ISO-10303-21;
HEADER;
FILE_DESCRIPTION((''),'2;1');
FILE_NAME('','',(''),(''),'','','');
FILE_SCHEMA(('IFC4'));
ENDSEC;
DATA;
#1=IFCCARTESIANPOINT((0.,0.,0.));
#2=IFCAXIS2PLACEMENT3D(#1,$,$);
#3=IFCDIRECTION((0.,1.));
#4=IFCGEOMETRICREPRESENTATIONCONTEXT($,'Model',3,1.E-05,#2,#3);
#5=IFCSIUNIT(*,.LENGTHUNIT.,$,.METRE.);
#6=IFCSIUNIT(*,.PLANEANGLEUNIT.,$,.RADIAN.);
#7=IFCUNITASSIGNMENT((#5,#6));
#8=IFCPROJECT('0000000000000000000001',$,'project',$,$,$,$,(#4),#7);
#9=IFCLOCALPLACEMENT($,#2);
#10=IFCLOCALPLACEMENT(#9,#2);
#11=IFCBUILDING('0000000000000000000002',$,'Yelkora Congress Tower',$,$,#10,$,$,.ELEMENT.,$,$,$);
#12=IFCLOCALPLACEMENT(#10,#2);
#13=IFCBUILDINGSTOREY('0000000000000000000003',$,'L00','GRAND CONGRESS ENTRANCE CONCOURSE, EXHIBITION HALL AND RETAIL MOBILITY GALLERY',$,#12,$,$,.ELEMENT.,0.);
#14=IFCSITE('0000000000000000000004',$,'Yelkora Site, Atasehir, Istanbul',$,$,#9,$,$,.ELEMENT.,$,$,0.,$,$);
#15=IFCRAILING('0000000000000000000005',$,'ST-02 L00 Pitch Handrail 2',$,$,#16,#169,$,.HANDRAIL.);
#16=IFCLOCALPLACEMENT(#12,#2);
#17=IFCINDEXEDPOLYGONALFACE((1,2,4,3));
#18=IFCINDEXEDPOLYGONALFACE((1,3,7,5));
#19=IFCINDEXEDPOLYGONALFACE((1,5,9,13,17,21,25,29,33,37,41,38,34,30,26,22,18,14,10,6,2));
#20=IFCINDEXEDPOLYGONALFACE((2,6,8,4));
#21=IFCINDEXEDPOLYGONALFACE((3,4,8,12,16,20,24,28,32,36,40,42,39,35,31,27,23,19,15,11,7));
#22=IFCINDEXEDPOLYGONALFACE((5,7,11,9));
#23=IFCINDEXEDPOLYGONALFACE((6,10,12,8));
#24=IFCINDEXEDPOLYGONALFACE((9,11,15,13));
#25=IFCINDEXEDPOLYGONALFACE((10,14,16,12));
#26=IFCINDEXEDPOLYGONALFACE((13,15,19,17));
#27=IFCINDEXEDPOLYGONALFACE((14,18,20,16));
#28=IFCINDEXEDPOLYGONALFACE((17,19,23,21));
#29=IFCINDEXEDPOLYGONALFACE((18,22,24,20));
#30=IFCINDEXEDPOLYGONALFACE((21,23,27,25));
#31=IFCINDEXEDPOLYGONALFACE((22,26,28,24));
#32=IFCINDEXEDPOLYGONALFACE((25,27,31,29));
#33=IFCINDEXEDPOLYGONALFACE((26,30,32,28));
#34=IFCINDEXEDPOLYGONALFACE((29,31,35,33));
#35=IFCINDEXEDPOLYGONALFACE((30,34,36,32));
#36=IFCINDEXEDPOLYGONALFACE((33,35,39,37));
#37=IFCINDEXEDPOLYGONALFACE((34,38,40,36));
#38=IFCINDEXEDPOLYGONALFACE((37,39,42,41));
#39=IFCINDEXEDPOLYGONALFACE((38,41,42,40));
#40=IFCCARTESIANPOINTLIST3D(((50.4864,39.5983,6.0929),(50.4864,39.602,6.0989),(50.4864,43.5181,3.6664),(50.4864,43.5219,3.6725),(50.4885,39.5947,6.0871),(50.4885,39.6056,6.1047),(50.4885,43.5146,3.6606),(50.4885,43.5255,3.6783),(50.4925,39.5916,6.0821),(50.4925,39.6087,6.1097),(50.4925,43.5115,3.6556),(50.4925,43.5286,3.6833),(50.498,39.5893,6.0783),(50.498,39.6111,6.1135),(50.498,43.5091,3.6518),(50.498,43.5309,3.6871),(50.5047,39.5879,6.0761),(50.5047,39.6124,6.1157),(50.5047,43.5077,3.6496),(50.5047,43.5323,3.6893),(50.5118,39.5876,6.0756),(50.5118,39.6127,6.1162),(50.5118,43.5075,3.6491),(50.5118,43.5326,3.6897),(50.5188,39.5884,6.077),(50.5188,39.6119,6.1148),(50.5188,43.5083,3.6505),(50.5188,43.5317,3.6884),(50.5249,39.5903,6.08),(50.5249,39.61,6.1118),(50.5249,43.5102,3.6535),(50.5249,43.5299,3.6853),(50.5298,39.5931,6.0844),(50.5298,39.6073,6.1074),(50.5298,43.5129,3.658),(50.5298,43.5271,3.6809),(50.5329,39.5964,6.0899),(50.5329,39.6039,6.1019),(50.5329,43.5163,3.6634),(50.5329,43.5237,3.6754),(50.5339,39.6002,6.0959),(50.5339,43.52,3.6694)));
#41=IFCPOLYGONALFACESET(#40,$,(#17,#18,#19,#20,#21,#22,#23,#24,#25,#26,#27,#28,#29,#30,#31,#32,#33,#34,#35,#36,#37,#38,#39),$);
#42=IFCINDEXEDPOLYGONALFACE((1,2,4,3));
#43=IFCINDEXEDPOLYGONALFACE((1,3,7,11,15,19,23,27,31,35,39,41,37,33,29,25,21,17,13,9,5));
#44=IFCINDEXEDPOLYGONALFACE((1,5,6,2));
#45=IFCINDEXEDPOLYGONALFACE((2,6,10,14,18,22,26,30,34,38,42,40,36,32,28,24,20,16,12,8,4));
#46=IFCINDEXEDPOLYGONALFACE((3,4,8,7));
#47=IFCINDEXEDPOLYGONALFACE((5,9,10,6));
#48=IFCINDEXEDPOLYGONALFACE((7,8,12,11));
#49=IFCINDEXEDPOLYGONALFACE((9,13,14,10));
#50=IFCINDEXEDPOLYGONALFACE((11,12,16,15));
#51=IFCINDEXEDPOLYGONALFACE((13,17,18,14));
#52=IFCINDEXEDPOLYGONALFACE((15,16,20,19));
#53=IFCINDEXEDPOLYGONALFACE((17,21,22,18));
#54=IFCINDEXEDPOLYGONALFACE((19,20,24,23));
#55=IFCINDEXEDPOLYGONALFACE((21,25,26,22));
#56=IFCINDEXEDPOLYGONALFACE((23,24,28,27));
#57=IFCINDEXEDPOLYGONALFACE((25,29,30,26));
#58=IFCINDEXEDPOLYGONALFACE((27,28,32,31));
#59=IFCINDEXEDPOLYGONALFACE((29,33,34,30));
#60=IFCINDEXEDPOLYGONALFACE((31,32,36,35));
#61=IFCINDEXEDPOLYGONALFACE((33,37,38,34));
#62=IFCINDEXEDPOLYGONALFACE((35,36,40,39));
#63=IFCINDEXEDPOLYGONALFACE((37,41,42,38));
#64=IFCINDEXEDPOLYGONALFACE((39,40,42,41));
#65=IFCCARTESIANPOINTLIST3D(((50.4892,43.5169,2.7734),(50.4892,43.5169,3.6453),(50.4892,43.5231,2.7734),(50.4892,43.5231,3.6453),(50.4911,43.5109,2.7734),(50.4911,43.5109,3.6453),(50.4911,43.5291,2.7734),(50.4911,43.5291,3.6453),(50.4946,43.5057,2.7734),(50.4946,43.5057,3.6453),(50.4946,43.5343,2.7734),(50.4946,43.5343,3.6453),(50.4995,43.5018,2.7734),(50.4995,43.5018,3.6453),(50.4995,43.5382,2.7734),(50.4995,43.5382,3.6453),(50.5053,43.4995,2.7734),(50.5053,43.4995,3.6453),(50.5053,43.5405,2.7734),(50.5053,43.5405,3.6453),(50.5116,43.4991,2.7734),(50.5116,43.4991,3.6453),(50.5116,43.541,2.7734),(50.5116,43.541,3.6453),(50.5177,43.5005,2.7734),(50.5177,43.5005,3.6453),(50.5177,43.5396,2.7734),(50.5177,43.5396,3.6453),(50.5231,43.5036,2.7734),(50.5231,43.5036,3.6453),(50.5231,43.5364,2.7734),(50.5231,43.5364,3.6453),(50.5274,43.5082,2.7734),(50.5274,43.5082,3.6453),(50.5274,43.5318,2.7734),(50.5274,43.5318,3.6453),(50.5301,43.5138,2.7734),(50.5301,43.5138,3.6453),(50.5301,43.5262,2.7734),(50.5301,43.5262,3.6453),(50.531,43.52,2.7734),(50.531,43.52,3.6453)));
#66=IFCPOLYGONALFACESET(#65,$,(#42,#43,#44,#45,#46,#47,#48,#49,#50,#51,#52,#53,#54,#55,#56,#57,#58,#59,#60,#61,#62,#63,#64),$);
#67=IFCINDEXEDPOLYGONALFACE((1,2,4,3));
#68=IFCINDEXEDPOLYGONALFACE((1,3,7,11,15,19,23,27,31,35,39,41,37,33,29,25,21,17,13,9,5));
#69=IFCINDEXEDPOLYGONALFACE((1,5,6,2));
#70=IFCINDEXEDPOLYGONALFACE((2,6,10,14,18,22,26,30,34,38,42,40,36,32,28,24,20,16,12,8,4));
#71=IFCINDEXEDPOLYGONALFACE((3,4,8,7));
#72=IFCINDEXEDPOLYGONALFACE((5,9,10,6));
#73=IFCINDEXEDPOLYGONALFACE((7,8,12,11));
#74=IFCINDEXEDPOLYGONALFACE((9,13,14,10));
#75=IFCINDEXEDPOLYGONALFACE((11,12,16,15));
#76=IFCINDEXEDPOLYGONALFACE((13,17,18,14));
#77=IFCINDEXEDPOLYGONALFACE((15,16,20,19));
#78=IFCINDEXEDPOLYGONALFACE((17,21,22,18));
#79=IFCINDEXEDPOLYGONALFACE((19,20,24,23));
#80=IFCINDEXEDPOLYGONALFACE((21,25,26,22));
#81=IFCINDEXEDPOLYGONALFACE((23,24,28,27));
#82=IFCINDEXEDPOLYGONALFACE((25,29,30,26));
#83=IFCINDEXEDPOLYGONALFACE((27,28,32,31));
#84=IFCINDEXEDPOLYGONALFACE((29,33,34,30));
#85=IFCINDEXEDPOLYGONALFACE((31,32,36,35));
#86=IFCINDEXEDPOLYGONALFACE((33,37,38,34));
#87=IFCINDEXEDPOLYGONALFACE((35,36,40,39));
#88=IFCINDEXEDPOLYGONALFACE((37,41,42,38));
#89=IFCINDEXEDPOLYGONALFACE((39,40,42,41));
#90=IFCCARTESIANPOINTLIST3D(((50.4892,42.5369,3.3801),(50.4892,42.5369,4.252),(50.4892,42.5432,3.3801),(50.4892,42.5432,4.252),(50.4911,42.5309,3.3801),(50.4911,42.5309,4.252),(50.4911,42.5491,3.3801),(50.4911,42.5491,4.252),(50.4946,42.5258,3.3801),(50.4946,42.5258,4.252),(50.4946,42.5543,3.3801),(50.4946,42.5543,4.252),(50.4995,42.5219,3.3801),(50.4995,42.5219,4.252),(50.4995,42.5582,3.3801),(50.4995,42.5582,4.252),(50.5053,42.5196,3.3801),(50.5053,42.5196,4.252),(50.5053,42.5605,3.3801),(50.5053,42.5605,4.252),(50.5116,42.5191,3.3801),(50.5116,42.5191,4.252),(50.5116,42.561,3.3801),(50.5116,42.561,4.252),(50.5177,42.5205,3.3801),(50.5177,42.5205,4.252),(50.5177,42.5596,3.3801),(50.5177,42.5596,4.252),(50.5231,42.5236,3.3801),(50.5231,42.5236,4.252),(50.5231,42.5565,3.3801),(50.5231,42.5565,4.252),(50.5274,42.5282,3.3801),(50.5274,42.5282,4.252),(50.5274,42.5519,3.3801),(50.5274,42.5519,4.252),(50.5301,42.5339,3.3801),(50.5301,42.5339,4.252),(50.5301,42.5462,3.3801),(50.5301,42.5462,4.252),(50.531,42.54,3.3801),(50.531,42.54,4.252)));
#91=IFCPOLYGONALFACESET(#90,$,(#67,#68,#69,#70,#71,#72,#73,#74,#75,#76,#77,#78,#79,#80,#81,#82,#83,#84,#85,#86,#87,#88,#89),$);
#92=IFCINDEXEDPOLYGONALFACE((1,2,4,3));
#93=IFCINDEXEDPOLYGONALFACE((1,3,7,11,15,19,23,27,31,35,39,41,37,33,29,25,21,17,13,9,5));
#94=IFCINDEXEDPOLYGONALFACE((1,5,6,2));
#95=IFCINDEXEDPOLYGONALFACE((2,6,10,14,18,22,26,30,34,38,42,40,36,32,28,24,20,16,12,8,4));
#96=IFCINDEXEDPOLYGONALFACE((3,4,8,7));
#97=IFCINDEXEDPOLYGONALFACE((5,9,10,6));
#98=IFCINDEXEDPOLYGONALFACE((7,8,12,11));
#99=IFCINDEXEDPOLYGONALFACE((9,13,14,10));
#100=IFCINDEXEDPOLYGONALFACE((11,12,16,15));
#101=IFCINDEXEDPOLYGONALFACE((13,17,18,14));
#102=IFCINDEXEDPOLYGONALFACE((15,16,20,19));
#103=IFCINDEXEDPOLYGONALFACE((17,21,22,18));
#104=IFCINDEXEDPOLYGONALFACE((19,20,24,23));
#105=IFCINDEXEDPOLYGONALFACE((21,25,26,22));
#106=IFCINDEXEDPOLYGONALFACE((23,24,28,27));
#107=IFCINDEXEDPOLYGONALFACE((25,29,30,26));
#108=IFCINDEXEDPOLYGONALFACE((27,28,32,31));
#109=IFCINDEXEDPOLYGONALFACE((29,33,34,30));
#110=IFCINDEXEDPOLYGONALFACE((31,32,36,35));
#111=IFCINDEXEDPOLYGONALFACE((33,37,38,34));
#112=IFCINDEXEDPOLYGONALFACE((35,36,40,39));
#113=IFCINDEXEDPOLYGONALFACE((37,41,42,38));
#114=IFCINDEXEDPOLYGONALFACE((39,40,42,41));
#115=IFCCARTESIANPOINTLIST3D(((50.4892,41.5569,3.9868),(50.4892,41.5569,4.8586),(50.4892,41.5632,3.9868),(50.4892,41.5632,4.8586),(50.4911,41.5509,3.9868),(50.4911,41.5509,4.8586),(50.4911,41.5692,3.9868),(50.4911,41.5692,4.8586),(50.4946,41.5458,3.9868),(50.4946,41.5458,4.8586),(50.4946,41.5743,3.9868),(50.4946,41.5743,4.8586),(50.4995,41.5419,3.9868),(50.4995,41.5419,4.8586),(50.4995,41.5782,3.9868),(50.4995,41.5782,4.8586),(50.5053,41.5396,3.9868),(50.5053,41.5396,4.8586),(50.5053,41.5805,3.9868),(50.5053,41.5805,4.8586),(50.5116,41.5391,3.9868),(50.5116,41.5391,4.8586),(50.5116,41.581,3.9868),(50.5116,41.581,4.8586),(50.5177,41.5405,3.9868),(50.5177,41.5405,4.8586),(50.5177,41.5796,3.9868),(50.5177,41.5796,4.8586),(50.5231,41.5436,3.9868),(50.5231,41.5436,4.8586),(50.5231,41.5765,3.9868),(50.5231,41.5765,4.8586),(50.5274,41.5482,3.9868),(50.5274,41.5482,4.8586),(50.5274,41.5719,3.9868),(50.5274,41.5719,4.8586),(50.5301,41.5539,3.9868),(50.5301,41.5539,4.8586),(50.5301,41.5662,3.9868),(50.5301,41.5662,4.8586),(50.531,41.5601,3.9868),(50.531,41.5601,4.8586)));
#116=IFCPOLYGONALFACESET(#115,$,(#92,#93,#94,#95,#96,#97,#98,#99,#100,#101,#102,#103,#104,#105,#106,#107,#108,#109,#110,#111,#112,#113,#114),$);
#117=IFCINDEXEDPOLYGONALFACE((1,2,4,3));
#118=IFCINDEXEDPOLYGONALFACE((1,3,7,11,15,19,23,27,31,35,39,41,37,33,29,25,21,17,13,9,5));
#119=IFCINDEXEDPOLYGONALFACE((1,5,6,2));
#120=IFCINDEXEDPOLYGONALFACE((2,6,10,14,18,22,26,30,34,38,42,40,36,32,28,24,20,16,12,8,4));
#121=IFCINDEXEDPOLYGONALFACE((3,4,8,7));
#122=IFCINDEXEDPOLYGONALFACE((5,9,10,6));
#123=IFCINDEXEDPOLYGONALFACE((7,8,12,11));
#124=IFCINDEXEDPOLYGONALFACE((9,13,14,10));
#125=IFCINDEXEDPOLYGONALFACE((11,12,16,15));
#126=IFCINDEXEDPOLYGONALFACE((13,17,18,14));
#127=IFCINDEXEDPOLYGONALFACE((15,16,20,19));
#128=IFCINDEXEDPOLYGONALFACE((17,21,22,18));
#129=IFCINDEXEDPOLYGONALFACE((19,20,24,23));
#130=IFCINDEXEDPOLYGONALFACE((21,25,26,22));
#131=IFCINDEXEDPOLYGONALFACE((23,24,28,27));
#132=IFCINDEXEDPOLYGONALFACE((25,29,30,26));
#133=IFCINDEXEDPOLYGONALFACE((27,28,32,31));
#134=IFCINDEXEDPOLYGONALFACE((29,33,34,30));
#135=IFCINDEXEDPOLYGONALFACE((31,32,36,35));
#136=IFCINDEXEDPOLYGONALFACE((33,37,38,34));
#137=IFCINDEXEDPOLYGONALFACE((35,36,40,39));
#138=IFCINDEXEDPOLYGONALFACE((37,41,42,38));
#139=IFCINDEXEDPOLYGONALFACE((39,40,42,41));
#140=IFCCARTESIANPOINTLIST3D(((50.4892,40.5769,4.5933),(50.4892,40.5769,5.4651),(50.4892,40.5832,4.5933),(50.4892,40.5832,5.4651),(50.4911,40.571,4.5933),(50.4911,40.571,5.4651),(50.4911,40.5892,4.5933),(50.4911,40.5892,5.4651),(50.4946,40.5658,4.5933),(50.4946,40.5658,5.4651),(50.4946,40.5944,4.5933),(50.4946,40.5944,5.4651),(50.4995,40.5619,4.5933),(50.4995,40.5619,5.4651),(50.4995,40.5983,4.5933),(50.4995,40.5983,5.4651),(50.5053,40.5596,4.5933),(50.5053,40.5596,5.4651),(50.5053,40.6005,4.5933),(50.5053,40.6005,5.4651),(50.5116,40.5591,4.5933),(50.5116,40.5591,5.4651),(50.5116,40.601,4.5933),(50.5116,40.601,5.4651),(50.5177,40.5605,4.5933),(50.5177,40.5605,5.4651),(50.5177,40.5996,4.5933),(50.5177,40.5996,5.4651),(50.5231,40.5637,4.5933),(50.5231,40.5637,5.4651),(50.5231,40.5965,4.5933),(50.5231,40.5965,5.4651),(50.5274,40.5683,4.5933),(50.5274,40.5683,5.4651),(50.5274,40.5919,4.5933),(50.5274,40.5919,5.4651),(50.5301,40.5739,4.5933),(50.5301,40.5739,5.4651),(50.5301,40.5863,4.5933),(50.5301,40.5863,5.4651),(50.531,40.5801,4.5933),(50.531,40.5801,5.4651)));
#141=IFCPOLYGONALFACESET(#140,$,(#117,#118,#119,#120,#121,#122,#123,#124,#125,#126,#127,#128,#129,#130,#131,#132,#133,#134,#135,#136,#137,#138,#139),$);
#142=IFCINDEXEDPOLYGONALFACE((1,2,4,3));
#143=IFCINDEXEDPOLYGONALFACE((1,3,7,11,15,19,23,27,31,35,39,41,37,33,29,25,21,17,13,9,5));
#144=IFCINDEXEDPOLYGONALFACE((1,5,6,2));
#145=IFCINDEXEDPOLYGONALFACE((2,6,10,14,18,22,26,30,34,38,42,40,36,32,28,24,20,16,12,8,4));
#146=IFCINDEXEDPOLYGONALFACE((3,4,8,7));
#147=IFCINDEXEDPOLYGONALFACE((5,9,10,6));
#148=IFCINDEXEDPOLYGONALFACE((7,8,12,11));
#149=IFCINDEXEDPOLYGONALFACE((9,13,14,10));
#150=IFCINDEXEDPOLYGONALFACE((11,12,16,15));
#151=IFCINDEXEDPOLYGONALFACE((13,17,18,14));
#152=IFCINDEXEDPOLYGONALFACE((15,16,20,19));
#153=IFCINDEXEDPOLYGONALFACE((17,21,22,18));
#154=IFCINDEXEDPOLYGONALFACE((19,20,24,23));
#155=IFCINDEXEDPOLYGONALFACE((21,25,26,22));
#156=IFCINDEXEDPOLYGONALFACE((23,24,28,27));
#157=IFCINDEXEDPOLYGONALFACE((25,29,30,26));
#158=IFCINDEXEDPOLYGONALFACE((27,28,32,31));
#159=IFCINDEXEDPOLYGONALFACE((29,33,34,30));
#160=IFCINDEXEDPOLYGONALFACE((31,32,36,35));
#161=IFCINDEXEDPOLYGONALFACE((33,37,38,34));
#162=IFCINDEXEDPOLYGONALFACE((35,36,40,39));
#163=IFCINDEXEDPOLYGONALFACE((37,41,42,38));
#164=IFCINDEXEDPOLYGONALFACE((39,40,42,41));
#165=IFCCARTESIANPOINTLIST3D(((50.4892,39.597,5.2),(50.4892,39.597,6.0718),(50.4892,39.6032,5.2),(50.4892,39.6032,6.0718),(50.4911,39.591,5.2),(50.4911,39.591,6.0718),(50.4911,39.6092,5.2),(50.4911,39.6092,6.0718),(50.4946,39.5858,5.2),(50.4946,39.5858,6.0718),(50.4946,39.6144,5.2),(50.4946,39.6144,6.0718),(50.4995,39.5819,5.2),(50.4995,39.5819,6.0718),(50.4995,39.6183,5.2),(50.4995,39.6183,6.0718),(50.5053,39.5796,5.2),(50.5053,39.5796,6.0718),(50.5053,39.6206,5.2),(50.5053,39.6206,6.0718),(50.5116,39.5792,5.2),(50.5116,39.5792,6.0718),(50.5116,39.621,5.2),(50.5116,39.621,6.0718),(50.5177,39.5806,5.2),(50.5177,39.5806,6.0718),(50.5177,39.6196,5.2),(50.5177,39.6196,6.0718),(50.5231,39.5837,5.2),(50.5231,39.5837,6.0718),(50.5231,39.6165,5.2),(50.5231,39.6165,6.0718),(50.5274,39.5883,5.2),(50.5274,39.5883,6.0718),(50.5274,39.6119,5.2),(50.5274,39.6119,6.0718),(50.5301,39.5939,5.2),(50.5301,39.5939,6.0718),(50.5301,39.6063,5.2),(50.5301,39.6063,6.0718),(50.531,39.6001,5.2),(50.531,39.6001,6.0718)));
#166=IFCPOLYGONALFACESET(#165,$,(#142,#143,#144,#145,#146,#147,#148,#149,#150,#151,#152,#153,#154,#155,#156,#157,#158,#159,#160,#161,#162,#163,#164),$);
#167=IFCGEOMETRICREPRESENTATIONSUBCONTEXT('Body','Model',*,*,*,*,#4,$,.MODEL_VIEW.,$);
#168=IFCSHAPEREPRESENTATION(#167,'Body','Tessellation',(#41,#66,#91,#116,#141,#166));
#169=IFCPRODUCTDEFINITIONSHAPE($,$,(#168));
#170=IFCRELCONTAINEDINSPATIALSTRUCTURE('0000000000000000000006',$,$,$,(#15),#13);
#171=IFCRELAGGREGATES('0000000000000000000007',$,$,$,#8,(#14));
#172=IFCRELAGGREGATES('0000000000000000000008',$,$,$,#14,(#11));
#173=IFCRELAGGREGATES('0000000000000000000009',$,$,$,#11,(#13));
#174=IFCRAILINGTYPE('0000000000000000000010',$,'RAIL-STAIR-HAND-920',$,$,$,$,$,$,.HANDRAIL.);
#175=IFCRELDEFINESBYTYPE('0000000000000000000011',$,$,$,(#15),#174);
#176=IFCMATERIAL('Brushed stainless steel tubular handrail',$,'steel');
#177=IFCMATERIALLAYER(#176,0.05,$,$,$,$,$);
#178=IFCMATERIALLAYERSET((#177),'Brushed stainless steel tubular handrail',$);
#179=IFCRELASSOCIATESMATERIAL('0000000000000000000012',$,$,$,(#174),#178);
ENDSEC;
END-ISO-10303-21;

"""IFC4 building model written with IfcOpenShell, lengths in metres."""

from ifc_helpers import new_model, si_unit, direction, frame, origin, origin_2d, place, context, subcontext, project, spatial, circle, extrude, material, layer, layer_set, type_object, element, save


model = new_model("IFC4")

# Units and contexts
model_context = context("Model", 3, precision=1e-05, world=origin(), true_north=direction((0.0, 1.0)))
body_context = subcontext(model_context, "Body", "Model", "MODEL_VIEW")
ifc_project = project(units=[si_unit("LENGTHUNIT", "METRE"), si_unit("PLANEANGLEUNIT", "RADIAN")], contexts=[model_context])

# Site, building, storey
site_placement = place(None, origin())
site = spatial("IfcSite", under=ifc_project, at=site_placement, Name="Yelkora Site, Atasehir, Istanbul", CompositionType="ELEMENT", RefElevation=0.0)
building_placement = place(site_placement, origin())
building = spatial("IfcBuilding", under=site, at=building_placement, Name="Yelkora Congress Tower", CompositionType="ELEMENT")
storey_placement = place(building_placement, origin())
storey = spatial("IfcBuildingStorey", under=building, at=storey_placement, Name="L00", Description="GRAND CONGRESS ENTRANCE CONCOURSE, EXHIBITION HALL AND RETAIL MOBILITY GALLERY", CompositionType="ELEMENT", Elevation=0.0)

# Railing
ifc_material_1 = material(Name="Brushed stainless steel tubular handrail", Category="steel")
ifc_layer_1 = layer(ifc_material_1, 0.05)
ifc_layer_set_1 = layer_set([ifc_layer_1], Name="Brushed stainless steel tubular handrail")
railing_type_1 = type_object("IfcRailingType", Name="RAIL-STAIR-HAND-920", PredefinedType="HANDRAIL", material=ifc_layer_set_1)
railing_1_placement = place(storey_placement, frame((50.51, 43.52, 2.7734)))
element("IfcRailing", 1, at=railing_1_placement, inside=storey, type_object=railing_type_1, Name="ST-02 L00 Pitch Handrail 2", PredefinedType="HANDRAIL", context=body_context, shape_type="SweptSolid", body=[
    extrude(circle(Radius=0.0239, at=origin_2d()), frame((0.0, 0.0, 0.896), z_axis=(0.0, -0.850275, 0.526338), x_axis=(1.0, 0.0, 0.0)), (0.0, 0.0, 1.0), 4.6101),
    extrude(circle(Radius=0.021, at=origin_2d()), origin(), (0.0, 0.0, 1.0), 0.8718),
    extrude(circle(Radius=0.021, at=origin_2d()), frame((0.0, -0.98, 0.6067)), (0.0, 0.0, 1.0), 0.8718),
    extrude(circle(Radius=0.021, at=origin_2d()), frame((0.0, -1.96, 1.2134)), (0.0, 0.0, 1.0), 0.8718),
    extrude(circle(Radius=0.021, at=origin_2d()), frame((0.0, -2.9399, 1.8198)), (0.0, 0.0, 1.0), 0.8718),
    extrude(circle(Radius=0.021, at=origin_2d()), frame((0.0, -3.9199, 2.4265)), (0.0, 0.0, 1.0), 0.8718),
])

save(model, "model.ifc")
